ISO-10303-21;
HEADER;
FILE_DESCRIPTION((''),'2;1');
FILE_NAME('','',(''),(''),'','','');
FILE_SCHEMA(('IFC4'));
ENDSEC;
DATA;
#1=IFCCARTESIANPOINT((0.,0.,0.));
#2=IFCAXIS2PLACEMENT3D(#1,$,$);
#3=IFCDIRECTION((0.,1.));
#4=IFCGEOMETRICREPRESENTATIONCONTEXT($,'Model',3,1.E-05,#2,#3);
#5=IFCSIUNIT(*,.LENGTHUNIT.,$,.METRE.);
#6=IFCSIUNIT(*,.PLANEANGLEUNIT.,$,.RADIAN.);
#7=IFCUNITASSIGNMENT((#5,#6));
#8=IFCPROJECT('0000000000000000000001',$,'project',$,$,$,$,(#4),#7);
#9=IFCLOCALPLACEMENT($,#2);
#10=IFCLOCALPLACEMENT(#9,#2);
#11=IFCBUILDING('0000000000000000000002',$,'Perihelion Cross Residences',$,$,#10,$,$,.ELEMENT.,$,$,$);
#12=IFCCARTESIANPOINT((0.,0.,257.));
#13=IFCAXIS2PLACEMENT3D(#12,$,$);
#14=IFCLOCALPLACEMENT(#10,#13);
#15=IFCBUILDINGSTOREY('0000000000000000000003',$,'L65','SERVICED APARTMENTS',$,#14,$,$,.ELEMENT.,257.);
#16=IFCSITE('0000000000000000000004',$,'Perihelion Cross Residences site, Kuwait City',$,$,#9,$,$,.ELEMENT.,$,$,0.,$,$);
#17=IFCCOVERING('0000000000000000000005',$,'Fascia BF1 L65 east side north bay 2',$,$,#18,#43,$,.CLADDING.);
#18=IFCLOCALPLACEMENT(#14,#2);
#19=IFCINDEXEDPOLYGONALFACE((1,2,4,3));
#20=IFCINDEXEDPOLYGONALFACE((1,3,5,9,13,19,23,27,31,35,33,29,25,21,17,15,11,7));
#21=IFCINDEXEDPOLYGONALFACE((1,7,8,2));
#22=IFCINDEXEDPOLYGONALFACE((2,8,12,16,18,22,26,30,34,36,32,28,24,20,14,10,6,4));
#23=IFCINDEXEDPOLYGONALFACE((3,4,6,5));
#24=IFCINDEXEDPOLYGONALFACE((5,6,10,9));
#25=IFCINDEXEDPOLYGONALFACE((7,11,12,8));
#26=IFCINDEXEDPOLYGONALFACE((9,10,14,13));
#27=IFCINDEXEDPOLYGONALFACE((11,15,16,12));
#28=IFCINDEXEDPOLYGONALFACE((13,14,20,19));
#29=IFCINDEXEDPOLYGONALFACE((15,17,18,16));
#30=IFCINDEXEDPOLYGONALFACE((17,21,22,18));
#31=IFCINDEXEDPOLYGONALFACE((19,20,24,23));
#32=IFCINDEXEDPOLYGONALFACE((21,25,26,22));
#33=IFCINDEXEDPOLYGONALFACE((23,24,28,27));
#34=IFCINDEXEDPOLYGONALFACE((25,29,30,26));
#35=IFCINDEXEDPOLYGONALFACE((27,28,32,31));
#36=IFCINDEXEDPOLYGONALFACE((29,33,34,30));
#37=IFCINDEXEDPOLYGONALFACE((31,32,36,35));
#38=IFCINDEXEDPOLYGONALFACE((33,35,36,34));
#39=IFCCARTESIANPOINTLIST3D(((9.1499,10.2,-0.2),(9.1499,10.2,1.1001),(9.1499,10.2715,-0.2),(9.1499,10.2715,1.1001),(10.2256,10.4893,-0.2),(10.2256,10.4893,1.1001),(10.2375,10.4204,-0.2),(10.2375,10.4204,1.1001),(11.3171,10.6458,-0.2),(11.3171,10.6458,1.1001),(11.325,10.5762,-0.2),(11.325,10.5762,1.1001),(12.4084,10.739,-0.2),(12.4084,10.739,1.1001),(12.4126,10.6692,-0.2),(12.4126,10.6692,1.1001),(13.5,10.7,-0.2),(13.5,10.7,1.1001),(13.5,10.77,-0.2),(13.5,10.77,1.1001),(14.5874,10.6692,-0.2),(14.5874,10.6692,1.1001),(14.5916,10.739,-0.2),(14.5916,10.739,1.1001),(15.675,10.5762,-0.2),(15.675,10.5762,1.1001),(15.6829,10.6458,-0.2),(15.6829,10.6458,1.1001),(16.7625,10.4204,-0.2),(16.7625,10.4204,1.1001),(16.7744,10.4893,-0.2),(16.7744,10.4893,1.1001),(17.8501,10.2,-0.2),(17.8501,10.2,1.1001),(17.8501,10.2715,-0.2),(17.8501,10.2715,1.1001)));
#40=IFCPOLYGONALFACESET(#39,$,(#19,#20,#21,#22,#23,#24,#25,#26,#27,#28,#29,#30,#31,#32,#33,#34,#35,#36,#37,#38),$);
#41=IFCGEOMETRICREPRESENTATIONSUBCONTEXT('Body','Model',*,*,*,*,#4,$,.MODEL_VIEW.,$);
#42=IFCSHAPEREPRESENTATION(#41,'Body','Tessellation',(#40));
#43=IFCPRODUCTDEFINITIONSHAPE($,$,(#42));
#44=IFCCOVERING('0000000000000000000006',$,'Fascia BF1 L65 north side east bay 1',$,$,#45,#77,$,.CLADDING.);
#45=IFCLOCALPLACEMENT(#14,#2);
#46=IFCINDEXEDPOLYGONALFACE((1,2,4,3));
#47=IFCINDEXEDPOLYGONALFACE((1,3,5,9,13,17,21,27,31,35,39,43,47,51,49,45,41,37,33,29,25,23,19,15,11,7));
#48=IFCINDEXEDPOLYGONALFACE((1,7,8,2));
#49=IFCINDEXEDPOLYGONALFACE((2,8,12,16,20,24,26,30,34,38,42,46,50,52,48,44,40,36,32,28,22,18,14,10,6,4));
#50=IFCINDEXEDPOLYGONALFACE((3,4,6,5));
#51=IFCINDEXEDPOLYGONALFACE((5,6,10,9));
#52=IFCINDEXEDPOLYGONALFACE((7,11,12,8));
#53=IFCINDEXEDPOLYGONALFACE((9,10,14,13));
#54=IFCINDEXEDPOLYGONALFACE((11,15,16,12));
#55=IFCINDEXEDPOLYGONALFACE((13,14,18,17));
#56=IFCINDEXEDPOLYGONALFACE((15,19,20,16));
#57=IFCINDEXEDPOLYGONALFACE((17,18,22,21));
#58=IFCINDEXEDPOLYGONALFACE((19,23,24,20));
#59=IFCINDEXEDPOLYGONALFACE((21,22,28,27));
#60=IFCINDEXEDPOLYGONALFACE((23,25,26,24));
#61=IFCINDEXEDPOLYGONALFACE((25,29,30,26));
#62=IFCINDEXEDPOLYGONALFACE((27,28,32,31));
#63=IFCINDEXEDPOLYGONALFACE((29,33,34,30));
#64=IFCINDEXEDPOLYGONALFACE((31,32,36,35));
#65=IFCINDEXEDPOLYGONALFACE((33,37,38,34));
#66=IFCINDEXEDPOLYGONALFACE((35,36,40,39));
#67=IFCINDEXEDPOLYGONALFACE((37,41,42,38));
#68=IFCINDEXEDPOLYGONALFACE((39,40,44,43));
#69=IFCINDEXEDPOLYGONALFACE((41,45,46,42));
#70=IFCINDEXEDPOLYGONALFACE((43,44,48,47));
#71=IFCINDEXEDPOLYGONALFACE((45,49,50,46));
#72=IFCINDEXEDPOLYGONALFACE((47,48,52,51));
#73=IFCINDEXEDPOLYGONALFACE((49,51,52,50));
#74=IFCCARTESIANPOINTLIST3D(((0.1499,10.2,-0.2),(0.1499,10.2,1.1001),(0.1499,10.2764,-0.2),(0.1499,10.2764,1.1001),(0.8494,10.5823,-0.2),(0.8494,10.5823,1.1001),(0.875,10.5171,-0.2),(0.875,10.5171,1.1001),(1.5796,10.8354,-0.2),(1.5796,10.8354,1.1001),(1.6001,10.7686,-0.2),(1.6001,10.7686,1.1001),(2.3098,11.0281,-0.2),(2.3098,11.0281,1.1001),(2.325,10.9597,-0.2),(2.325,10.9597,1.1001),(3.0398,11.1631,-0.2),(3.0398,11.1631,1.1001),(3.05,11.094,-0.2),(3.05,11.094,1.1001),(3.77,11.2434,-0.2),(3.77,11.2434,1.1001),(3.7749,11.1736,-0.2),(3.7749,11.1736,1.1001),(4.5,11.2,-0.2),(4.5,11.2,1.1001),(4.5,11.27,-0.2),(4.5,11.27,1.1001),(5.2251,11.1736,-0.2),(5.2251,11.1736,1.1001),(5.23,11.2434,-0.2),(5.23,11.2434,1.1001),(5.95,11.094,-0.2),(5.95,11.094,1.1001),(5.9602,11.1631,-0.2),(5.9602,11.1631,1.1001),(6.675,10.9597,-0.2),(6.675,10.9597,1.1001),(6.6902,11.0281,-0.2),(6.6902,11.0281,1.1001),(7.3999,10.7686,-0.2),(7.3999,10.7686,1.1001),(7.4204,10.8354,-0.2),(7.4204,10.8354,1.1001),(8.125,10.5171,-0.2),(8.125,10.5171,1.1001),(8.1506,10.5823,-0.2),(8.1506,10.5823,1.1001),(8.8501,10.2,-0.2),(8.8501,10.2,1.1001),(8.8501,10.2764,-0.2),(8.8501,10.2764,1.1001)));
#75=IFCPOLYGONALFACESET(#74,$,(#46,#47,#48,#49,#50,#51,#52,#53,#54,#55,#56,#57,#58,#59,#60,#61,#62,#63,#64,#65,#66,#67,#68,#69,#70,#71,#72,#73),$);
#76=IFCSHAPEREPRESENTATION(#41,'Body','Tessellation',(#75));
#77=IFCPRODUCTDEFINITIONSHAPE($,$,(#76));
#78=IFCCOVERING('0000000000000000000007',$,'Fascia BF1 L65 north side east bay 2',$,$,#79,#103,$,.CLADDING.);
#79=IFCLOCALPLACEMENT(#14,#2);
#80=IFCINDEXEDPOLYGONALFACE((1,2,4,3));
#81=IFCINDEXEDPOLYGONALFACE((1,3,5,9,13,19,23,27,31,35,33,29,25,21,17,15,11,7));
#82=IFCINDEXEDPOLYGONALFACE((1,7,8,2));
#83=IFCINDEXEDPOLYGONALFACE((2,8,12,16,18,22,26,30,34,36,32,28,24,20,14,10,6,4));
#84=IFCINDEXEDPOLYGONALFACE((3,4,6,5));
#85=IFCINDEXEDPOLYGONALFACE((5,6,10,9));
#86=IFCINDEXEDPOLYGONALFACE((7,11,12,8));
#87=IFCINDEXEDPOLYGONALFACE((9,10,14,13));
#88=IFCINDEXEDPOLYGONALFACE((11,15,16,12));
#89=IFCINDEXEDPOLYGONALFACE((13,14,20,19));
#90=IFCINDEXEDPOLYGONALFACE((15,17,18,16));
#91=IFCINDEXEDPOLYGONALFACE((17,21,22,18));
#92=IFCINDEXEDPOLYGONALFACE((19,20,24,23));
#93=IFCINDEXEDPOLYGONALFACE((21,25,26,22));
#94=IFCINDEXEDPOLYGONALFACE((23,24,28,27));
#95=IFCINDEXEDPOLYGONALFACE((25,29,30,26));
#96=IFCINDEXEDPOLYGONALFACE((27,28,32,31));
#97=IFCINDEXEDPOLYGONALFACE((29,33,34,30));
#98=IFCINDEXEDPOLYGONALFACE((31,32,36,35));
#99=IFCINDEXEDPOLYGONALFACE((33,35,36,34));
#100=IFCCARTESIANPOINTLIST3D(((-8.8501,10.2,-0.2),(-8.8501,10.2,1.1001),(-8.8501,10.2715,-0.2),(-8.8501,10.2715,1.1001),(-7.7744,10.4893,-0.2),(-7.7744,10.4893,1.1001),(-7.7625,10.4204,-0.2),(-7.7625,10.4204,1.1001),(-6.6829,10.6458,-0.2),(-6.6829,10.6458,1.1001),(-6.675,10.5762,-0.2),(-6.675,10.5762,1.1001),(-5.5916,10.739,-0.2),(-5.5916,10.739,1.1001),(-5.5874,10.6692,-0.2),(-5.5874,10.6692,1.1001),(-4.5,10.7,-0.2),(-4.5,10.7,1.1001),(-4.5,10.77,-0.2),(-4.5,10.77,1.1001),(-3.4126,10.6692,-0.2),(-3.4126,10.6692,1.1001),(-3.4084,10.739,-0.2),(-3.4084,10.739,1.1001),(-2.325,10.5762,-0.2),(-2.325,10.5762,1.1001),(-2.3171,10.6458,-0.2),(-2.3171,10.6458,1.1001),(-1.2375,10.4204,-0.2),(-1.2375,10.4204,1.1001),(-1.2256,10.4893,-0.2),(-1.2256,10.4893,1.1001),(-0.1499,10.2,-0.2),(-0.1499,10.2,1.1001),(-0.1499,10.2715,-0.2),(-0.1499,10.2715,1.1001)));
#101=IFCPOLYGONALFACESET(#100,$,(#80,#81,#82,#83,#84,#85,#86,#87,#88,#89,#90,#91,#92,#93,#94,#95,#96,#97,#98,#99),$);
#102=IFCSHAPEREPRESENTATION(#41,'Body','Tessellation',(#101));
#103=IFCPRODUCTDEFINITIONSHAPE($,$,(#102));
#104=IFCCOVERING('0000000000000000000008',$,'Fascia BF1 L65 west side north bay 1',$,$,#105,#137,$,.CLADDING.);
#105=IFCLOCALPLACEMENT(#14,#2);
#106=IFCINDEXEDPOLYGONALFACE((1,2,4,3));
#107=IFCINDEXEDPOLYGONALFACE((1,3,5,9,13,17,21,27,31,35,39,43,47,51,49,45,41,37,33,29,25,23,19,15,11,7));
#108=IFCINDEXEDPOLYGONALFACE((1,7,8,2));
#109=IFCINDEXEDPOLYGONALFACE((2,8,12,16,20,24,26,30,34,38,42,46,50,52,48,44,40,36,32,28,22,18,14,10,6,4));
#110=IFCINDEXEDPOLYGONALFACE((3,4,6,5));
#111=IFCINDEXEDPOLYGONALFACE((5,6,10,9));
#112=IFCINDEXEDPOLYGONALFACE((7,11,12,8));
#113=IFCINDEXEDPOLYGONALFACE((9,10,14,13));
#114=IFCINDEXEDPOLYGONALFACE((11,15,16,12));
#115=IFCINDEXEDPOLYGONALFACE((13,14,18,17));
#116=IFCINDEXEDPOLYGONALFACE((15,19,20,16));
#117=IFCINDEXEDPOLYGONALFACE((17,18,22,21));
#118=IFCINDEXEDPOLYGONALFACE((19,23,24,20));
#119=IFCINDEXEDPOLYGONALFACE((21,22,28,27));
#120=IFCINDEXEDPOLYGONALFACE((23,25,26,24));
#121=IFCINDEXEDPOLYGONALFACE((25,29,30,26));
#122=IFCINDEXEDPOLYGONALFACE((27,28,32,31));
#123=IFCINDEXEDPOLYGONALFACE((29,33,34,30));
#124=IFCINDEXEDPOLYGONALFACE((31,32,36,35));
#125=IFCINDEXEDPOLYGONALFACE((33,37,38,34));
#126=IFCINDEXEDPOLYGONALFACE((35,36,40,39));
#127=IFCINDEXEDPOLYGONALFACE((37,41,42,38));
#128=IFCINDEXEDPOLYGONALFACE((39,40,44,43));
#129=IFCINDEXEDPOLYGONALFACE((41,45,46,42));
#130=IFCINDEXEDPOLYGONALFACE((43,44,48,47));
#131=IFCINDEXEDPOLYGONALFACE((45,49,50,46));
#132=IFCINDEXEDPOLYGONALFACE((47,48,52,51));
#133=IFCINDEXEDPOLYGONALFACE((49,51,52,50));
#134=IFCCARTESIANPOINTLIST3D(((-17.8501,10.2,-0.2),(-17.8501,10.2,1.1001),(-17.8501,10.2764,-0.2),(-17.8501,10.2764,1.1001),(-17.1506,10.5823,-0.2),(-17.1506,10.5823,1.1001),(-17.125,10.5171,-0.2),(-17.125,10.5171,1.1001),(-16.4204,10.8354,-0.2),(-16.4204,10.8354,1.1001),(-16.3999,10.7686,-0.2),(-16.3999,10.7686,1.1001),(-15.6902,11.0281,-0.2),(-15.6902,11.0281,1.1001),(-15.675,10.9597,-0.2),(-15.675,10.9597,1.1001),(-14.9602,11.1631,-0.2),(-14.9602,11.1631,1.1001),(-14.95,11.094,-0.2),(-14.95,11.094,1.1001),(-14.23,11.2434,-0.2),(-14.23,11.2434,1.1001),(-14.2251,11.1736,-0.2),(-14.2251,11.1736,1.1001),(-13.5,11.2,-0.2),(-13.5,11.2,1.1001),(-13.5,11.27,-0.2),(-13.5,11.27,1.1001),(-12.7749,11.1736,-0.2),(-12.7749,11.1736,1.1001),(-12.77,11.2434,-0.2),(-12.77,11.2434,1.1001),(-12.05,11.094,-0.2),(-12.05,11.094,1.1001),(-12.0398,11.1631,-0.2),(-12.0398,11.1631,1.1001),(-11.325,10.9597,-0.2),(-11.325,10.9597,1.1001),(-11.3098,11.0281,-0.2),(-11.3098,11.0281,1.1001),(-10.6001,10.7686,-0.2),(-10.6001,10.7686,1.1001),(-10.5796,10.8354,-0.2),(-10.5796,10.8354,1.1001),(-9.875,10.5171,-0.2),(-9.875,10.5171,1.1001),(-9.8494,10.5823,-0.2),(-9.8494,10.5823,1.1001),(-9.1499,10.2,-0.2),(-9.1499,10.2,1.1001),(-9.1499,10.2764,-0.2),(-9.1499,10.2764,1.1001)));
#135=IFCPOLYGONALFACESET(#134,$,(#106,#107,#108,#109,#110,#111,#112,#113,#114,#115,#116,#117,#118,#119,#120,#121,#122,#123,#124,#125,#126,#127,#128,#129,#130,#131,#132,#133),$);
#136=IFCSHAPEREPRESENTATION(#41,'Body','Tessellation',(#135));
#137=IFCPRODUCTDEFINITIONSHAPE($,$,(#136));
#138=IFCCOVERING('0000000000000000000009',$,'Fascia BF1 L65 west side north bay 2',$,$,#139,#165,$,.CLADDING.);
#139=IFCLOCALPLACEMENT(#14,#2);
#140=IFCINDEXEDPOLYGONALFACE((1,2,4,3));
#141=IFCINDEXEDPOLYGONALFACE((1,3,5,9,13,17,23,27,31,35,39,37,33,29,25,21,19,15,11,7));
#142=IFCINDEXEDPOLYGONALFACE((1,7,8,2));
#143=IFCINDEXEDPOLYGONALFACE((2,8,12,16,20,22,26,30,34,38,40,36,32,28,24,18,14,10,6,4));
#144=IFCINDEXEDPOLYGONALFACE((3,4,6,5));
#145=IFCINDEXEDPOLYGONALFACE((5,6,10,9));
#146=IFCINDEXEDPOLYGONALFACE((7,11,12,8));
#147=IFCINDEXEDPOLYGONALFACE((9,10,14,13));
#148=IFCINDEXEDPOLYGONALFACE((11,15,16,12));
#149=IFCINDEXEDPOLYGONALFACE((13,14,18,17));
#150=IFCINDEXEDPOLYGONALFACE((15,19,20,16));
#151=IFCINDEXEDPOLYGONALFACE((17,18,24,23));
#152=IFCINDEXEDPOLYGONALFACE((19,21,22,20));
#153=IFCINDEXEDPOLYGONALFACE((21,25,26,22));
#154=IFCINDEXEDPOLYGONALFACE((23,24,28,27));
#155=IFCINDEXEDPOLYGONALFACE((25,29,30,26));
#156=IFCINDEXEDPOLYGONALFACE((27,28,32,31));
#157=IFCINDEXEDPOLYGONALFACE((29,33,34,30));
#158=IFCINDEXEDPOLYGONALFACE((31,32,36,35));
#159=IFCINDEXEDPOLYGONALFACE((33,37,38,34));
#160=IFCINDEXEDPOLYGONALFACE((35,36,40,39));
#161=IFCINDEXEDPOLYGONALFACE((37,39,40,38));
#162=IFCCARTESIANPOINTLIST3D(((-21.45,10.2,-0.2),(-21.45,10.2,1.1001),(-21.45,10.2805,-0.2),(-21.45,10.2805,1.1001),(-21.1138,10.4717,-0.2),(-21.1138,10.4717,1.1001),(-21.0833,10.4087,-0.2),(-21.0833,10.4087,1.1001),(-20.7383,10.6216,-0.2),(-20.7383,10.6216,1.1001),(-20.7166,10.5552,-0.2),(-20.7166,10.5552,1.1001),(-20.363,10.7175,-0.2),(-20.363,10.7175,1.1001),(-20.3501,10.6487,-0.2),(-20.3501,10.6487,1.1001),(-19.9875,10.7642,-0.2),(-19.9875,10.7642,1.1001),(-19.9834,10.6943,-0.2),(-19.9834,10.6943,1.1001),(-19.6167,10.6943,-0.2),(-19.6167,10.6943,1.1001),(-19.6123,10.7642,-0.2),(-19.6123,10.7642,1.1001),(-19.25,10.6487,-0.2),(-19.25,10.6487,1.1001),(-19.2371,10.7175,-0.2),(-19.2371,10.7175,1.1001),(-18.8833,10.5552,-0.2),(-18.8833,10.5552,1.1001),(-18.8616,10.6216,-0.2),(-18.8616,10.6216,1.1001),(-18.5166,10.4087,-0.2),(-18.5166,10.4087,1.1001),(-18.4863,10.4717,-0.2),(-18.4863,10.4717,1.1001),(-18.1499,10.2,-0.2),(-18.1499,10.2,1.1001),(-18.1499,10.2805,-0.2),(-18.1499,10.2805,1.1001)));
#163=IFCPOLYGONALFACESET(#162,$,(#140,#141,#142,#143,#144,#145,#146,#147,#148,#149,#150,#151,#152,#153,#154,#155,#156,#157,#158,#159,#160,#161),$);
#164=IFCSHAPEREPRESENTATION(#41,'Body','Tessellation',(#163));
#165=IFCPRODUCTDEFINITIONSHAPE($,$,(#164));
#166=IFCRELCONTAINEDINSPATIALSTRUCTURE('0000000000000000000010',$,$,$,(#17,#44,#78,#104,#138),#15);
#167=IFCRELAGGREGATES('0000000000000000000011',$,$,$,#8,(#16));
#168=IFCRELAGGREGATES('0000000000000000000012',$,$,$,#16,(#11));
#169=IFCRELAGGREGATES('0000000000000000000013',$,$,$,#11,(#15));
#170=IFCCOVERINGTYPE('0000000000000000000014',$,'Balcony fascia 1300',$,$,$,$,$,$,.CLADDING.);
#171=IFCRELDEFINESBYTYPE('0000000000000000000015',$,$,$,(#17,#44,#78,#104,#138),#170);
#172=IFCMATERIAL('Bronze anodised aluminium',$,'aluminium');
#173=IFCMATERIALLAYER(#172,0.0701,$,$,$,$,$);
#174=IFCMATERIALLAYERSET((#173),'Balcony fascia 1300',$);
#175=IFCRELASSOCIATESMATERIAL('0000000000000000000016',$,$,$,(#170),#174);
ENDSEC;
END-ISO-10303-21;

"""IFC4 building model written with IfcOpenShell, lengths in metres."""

from ifc_helpers import new_model, si_unit, direction, frame, origin, place, context, subcontext, project, spatial, polyline, outline, extrude, material, layer, layer_set, type_object, element, save


model = new_model("IFC4")

# Units and contexts
model_context = context("Model", 3, precision=1e-05, world=origin(), true_north=direction((0.0, 1.0)))
body_context = subcontext(model_context, "Body", "Model", "MODEL_VIEW")
ifc_project = project(units=[si_unit("LENGTHUNIT", "METRE"), si_unit("PLANEANGLEUNIT", "RADIAN")], contexts=[model_context])

# Site, building, storey
site_placement = place(None, origin())
site = spatial("IfcSite", under=ifc_project, at=site_placement, Name="Perihelion Cross Residences site, Kuwait City", CompositionType="ELEMENT", RefElevation=0.0)
building_placement = place(site_placement, origin())
building = spatial("IfcBuilding", under=site, at=building_placement, Name="Perihelion Cross Residences", CompositionType="ELEMENT")
storey_placement = place(building_placement, frame((0.0, 0.0, 257.0)))
storey = spatial("IfcBuildingStorey", under=building, at=storey_placement, Name="L65", Description="SERVICED APARTMENTS", CompositionType="ELEMENT", Elevation=257.0)

# Coverings
ifc_material_1 = material(Name="Bronze anodised aluminium", Category="aluminium")
ifc_layer_1 = layer(ifc_material_1, 0.0701)
ifc_layer_set_1 = layer_set([ifc_layer_1], Name="Balcony fascia 1300")
covering_type = type_object("IfcCoveringType", Name="Balcony fascia 1300", PredefinedType="CLADDING", material=ifc_layer_set_1)
covering_1_placement = place(storey_placement, frame((0.0, 0.0, -0.2)))
element("IfcCovering", 1, at=covering_1_placement, inside=storey, type_object=covering_type, Name="Fascia BF1 L65 east side north bay 2", PredefinedType="CLADDING", context=body_context, shape_type="SweptSolid", body=[
    extrude(outline(polyline([(16.7744, 10.4893), (15.6829, 10.6458), (14.5916, 10.739), (13.5, 10.77), (12.4084, 10.739), (11.3171, 10.6458), (10.2256, 10.4893), (9.1499, 10.2715), (9.1499, 10.2), (10.2375, 10.4204), (11.325, 10.5762), (12.4126, 10.6692), (13.5, 10.7), (14.5874, 10.6692), (15.675, 10.5762), (16.7625, 10.4204), (17.8501, 10.2), (17.8501, 10.2715), (16.7744, 10.4893)])), origin(), (0.0, 0.0, 1.0), 1.3),
])
covering_2_placement = place(storey_placement, frame((0.0, 0.0, -0.2)))
element("IfcCovering", 2, at=covering_2_placement, inside=storey, type_object=covering_type, Name="Fascia BF1 L65 north side east bay 1", PredefinedType="CLADDING", context=body_context, shape_type="SweptSolid", body=[
    extrude(outline(polyline([(8.1506, 10.5823), (7.4204, 10.8354), (6.6902, 11.0281), (5.9602, 11.1631), (5.23, 11.2434), (4.5, 11.27), (3.77, 11.2434), (3.0398, 11.1631), (2.3098, 11.0281), (1.5796, 10.8354), (0.8494, 10.5823), (0.1499, 10.2764), (0.1499, 10.2), (0.875, 10.5171), (1.6001, 10.7686), (2.325, 10.9597), (3.05, 11.094), (3.7749, 11.1736), (4.5, 11.2), (5.2251, 11.1736), (5.95, 11.094), (6.675, 10.9597), (7.3999, 10.7686), (8.125, 10.5171), (8.8501, 10.2), (8.8501, 10.2764), (8.1506, 10.5823)])), origin(), (0.0, 0.0, 1.0), 1.3),
])
covering_3_placement = place(storey_placement, frame((0.0, 0.0, -0.2)))
element("IfcCovering", 3, at=covering_3_placement, inside=storey, type_object=covering_type, Name="Fascia BF1 L65 north side east bay 2", PredefinedType="CLADDING", context=body_context, shape_type="SweptSolid", body=[
    extrude(outline(polyline([(-1.2256, 10.4893), (-2.3171, 10.6458), (-3.4084, 10.739), (-4.5, 10.77), (-5.5916, 10.739), (-6.6829, 10.6458), (-7.7744, 10.4893), (-8.8501, 10.2715), (-8.8501, 10.2), (-7.7625, 10.4204), (-6.675, 10.5762), (-5.5874, 10.6692), (-4.5, 10.7), (-3.4126, 10.6692), (-2.325, 10.5762), (-1.2375, 10.4204), (-0.1499, 10.2), (-0.1499, 10.2715), (-1.2256, 10.4893)])), origin(), (0.0, 0.0, 1.0), 1.3),
])
covering_4_placement = place(storey_placement, frame((0.0, 0.0, -0.2)))
element("IfcCovering", 4, at=covering_4_placement, inside=storey, type_object=covering_type, Name="Fascia BF1 L65 west side north bay 1", PredefinedType="CLADDING", context=body_context, shape_type="SweptSolid", body=[
    extrude(outline(polyline([(-9.8494, 10.5823), (-10.5796, 10.8354), (-11.3098, 11.0281), (-12.0398, 11.1631), (-12.77, 11.2434), (-13.5, 11.27), (-14.23, 11.2434), (-14.9602, 11.1631), (-15.6902, 11.0281), (-16.4204, 10.8354), (-17.1506, 10.5823), (-17.8501, 10.2764), (-17.8501, 10.2), (-17.125, 10.5171), (-16.3999, 10.7686), (-15.675, 10.9597), (-14.95, 11.094), (-14.2251, 11.1736), (-13.5, 11.2), (-12.7749, 11.1736), (-12.05, 11.094), (-11.325, 10.9597), (-10.6001, 10.7686), (-9.875, 10.5171), (-9.1499, 10.2), (-9.1499, 10.2764), (-9.8494, 10.5823)])), origin(), (0.0, 0.0, 1.0), 1.3),
])
covering_5_placement = place(storey_placement, frame((0.0, 0.0, -0.2)))
element("IfcCovering", 5, at=covering_5_placement, inside=storey, type_object=covering_type, Name="Fascia BF1 L65 west side north bay 2", PredefinedType="CLADDING", context=body_context, shape_type="SweptSolid", body=[
    extrude(outline(polyline([(-18.4863, 10.4717), (-18.8616, 10.6216), (-19.2371, 10.7175), (-19.6123, 10.7642), (-19.9875, 10.7642), (-20.363, 10.7175), (-20.7383, 10.6216), (-21.1138, 10.4717), (-21.45, 10.2805), (-21.45, 10.2), (-21.0833, 10.4087), (-20.7166, 10.5552), (-20.3501, 10.6487), (-19.9834, 10.6943), (-19.6167, 10.6943), (-19.25, 10.6487), (-18.8833, 10.5552), (-18.5166, 10.4087), (-18.1499, 10.2), (-18.1499, 10.2805), (-18.4863, 10.4717)])), origin(), (0.0, 0.0, 1.0), 1.3),
])

save(model, "model.ifc")
